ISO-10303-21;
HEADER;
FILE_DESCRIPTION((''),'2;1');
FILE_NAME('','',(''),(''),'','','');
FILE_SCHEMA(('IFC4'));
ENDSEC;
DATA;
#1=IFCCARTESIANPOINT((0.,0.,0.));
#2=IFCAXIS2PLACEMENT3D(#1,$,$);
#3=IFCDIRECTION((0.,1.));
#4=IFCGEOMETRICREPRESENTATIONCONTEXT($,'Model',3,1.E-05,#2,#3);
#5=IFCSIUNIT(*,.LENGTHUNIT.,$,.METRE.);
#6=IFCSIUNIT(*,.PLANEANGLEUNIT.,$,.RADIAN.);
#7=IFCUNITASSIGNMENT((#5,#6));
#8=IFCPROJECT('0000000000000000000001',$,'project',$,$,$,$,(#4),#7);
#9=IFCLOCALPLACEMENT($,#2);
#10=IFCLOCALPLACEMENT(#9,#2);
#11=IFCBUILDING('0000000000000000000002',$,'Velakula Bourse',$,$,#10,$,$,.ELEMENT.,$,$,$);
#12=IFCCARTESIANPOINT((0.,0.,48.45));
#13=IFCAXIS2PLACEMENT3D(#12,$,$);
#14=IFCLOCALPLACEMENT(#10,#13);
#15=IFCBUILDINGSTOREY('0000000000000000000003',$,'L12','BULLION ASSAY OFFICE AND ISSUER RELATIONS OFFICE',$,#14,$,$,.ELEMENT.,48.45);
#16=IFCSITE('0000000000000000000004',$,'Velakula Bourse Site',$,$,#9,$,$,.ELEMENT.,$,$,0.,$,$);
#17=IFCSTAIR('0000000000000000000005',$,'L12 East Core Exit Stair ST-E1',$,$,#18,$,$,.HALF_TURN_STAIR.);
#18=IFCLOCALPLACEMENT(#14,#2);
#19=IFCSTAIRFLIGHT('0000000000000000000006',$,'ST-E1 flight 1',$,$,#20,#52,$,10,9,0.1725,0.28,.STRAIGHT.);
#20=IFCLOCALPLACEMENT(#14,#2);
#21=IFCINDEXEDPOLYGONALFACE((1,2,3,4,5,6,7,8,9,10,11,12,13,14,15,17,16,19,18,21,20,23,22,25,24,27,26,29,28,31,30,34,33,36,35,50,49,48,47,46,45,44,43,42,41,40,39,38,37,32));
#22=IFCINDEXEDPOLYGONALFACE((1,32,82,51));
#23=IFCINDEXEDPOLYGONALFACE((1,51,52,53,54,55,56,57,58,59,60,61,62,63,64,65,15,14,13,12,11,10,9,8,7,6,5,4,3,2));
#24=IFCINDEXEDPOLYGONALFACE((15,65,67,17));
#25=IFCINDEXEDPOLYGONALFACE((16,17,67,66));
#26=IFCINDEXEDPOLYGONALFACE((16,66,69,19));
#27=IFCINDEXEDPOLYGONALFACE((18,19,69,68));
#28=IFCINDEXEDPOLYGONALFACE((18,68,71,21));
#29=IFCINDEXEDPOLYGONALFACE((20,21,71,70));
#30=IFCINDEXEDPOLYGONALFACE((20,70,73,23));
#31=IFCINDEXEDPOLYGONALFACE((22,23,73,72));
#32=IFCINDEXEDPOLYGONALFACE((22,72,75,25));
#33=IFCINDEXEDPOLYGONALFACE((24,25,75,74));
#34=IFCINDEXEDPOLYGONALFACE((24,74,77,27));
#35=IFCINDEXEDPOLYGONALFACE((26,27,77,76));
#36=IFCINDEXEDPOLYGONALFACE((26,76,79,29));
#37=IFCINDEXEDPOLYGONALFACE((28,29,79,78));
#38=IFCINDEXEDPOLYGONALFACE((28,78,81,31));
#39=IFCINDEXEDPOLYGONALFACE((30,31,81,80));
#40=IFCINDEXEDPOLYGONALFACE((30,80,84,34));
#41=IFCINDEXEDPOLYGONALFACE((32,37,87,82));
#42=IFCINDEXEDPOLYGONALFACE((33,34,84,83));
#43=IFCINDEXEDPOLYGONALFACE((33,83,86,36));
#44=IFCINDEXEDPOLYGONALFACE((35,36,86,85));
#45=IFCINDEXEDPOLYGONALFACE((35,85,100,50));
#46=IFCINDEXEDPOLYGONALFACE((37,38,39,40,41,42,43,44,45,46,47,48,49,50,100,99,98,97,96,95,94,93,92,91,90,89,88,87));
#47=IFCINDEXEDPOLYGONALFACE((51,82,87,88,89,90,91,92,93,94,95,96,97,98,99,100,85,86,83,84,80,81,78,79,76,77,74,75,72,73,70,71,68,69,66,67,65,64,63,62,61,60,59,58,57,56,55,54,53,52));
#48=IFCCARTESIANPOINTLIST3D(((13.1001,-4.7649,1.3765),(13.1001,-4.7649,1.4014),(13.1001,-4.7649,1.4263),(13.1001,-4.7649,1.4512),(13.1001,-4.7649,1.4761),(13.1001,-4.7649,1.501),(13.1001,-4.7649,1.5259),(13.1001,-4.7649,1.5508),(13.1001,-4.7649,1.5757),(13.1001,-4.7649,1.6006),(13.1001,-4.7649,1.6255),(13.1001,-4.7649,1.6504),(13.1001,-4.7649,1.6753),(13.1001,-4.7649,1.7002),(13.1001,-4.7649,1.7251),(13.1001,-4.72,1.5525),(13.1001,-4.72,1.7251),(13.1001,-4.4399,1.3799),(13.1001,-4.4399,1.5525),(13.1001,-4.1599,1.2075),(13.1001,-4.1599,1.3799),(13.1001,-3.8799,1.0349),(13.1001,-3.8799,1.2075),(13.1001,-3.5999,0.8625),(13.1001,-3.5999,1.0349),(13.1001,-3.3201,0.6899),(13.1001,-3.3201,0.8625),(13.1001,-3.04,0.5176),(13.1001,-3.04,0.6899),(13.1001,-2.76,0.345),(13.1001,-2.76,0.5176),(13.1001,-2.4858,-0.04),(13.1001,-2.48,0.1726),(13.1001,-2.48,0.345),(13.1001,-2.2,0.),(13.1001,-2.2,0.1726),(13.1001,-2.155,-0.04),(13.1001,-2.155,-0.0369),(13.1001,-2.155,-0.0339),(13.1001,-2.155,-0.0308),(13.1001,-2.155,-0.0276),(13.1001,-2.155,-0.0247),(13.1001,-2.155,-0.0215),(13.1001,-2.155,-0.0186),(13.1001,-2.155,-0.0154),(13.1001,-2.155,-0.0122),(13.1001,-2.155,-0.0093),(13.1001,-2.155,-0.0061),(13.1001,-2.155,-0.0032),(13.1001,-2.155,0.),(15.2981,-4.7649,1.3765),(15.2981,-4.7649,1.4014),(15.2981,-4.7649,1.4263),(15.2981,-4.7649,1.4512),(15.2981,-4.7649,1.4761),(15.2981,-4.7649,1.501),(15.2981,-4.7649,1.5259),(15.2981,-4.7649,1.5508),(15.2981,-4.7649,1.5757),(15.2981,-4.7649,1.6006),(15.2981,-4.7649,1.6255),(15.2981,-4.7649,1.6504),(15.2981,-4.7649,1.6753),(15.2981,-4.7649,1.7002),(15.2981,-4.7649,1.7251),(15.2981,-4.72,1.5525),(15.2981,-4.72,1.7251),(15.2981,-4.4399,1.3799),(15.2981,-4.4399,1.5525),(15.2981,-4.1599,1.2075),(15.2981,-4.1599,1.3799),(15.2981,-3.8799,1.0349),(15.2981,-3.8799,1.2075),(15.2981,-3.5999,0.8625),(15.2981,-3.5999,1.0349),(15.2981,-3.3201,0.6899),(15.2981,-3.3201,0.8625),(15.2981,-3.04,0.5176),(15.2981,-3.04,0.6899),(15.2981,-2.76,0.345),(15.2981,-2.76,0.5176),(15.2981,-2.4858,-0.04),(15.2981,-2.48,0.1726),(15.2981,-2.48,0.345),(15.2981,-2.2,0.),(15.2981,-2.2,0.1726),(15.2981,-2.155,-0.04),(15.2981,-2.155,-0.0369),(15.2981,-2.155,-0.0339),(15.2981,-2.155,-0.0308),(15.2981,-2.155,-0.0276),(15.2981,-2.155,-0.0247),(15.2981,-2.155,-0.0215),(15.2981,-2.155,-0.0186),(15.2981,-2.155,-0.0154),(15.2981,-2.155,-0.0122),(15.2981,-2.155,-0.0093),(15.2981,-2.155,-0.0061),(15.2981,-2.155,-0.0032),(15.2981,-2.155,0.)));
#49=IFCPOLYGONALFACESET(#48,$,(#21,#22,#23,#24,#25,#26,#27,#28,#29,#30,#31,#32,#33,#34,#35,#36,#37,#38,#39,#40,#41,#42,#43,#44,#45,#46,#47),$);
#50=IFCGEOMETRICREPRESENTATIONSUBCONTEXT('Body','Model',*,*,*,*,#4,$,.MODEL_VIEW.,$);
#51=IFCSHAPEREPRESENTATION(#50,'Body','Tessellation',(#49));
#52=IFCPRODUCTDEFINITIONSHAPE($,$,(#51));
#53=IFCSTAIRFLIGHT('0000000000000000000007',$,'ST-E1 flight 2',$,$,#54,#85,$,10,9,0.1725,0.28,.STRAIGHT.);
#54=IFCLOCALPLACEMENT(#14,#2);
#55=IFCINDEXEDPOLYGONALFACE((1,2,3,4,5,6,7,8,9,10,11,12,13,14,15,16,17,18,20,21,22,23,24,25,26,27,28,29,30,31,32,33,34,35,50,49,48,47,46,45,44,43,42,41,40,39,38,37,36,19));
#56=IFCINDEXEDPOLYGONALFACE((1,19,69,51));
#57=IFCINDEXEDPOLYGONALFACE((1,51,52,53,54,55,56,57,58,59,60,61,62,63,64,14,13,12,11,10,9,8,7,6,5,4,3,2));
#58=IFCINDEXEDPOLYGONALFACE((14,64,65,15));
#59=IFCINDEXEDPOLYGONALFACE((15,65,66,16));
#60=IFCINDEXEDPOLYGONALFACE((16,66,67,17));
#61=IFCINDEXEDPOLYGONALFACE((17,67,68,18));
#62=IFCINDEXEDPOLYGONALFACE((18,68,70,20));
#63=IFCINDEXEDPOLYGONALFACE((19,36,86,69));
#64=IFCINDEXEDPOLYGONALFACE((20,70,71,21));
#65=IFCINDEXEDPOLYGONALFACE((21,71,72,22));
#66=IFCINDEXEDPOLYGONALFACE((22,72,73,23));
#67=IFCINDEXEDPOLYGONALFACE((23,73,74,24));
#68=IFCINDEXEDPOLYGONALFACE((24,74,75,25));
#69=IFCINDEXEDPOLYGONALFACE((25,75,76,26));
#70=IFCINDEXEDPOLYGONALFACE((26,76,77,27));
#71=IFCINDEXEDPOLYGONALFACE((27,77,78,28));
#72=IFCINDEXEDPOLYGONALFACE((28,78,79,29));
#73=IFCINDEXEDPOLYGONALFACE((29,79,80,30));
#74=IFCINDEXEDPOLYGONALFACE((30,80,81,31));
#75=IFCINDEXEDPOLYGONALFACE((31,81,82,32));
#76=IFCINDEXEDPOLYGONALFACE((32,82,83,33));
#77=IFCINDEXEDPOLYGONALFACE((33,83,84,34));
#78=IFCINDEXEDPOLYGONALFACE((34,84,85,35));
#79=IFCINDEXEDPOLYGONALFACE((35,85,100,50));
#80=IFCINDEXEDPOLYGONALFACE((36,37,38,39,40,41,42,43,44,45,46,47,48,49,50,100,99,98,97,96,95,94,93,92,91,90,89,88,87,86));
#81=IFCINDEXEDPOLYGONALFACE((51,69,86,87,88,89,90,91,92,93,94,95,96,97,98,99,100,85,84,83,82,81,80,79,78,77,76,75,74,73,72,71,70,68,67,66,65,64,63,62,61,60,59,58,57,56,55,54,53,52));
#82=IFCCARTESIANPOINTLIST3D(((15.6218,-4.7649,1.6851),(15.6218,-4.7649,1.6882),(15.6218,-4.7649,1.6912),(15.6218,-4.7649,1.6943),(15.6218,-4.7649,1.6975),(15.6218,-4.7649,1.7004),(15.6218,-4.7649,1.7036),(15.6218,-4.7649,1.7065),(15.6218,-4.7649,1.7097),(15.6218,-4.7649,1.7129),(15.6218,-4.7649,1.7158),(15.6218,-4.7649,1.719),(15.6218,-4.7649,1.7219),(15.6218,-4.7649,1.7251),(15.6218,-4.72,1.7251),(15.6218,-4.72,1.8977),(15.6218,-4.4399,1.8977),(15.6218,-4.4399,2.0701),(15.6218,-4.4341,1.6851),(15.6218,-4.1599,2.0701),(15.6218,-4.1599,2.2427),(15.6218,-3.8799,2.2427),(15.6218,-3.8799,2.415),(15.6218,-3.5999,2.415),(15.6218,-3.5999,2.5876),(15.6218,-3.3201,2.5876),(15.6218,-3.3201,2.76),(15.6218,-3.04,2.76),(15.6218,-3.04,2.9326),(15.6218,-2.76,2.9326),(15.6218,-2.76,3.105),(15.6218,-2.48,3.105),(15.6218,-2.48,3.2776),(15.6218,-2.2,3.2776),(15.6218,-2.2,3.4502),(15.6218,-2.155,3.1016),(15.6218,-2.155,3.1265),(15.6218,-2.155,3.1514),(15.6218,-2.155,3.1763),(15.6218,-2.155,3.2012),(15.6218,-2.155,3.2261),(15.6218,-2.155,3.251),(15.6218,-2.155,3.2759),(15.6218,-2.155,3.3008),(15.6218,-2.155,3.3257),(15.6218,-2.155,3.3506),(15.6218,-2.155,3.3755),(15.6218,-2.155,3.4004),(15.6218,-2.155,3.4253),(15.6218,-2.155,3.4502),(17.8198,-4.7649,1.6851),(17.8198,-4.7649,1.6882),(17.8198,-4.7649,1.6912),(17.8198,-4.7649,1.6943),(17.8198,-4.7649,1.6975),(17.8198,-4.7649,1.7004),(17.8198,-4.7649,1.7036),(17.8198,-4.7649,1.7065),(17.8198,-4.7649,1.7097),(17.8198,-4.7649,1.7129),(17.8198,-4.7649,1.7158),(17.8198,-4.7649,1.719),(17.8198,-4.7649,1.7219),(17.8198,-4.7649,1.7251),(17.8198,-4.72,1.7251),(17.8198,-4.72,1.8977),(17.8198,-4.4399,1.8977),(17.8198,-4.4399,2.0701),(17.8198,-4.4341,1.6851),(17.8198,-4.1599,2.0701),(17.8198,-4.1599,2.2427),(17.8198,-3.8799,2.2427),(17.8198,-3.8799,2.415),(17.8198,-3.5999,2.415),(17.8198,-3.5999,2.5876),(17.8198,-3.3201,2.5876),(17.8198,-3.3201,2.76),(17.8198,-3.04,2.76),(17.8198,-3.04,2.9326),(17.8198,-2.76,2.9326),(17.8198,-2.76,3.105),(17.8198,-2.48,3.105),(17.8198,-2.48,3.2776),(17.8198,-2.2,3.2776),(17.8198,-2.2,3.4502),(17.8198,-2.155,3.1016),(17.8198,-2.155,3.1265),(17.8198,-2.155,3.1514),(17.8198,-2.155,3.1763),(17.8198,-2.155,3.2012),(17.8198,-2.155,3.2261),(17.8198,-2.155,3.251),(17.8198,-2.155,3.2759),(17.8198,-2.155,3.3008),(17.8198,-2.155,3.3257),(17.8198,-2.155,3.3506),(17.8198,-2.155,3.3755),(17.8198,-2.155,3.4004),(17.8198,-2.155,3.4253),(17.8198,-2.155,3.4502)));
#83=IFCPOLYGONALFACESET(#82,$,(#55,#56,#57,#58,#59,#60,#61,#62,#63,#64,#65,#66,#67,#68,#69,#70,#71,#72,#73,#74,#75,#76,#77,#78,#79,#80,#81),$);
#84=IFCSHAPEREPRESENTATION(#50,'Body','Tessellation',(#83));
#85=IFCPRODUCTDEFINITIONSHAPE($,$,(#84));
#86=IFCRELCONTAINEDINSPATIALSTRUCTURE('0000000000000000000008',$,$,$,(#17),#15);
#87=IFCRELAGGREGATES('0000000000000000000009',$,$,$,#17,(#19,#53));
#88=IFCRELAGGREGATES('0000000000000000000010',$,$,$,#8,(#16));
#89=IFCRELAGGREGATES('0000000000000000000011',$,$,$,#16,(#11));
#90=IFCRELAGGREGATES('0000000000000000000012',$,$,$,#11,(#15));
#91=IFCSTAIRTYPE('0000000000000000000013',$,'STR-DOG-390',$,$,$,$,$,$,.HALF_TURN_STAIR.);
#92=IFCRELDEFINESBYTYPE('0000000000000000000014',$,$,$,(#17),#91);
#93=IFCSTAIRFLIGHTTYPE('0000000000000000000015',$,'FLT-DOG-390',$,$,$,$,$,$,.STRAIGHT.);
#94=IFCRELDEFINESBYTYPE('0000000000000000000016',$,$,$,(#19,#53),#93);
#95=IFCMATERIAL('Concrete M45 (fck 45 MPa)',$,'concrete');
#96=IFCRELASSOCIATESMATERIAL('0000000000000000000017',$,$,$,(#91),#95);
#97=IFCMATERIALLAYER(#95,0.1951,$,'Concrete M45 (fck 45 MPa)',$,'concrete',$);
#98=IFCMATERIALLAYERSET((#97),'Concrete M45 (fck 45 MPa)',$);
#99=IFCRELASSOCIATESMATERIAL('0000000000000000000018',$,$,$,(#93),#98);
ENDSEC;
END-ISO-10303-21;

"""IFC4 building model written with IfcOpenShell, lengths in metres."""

from ifc_helpers import new_model, si_unit, direction, frame, origin, place, context, subcontext, project, spatial, polyline, outline, extrude, material, layer, layer_set, type_object, element, aggregate, save


model = new_model("IFC4")

# Units and contexts
model_context = context("Model", 3, precision=1e-05, world=origin(), true_north=direction((0.0, 1.0)))
body_context = subcontext(model_context, "Body", "Model", "MODEL_VIEW")
ifc_project = project(units=[si_unit("LENGTHUNIT", "METRE"), si_unit("PLANEANGLEUNIT", "RADIAN")], contexts=[model_context])

# Site, building, storey
site_placement = place(None, origin())
site = spatial("IfcSite", under=ifc_project, at=site_placement, Name="Velakula Bourse Site", CompositionType="ELEMENT", RefElevation=0.0)
building_placement = place(site_placement, origin())
building = spatial("IfcBuilding", under=site, at=building_placement, Name="Velakula Bourse", CompositionType="ELEMENT")
storey_placement = place(building_placement, frame((0.0, 0.0, 48.45)))
storey = spatial("IfcBuildingStorey", under=building, at=storey_placement, Name="L12", Description="BULLION ASSAY OFFICE AND ISSUER RELATIONS OFFICE", CompositionType="ELEMENT", Elevation=48.45)

# Stair, stair flights
ifc_material_1 = material(Name="Concrete M45 (fck 45 MPa)", Category="concrete")
stair_type = type_object("IfcStairType", Name="STR-DOG-390", PredefinedType="HALF_TURN_STAIR", material=ifc_material_1)
stair_placement = place(storey_placement, origin())
stair = element("IfcStair", 1, at=stair_placement, inside=storey, type_object=stair_type, Name="L12 East Core Exit Stair ST-E1", PredefinedType="HALF_TURN_STAIR")
ifc_layer_1 = layer(ifc_material_1, 0.1951, Name="Concrete M45 (fck 45 MPa)", Category="concrete")
ifc_layer_set_1 = layer_set([ifc_layer_1], Name="Concrete M45 (fck 45 MPa)")
stair_flight_type = type_object("IfcStairFlightType", Name="FLT-DOG-390", PredefinedType="STRAIGHT", material=ifc_layer_set_1)
stair_flight_1_placement = place(storey_placement, frame((14.199, -2.2, 0.0), z_axis=(0.0, 0.0, 1.0), x_axis=(0.0, -1.0, 0.0)))
stair_flight_1 = element("IfcStairFlight", 2, at=stair_flight_1_placement, type_object=stair_flight_type, Name="ST-E1 flight 1", NumberOfRisers=10, NumberOfTreads=9, PredefinedType="STRAIGHT", RiserHeight=0.1725, TreadLength=0.28, context=body_context, shape_type="SweptSolid", body=[
    extrude(outline(polyline([(-0.0449, -0.04), (-0.0449, -0.0369), (-0.0449, -0.0339), (-0.0449, -0.0308), (-0.0449, -0.0276), (-0.0449, -0.0247), (-0.0449, -0.0215), (-0.0449, -0.0186), (-0.0449, -0.0154), (-0.0449, -0.0122), (-0.0449, -0.0093), (-0.0449, -0.0061), (-0.0449, -0.0032), (-0.0449, 0.0), (0.0, 0.0), (0.0, 0.1726), (0.28, 0.1726), (0.28, 0.345), (0.5601, 0.345), (0.5601, 0.5176), (0.8401, 0.5176), (0.8401, 0.6899), (1.1201, 0.6899), (1.1201, 0.8625), (1.3999, 0.8625), (1.3999, 1.0349), (1.6799, 1.0349), (1.6799, 1.2075), (1.96, 1.2075), (1.96, 1.3799), (2.24, 1.3799), (2.24, 1.5525), (2.52, 1.5525), (2.52, 1.7251), (2.5649, 1.7251), (2.5649, 1.7002), (2.5649, 1.6753), (2.5649, 1.6504), (2.5649, 1.6255), (2.5649, 1.6006), (2.5649, 1.5757), (2.5649, 1.5508), (2.5649, 1.5259), (2.5649, 1.501), (2.5649, 1.4761), (2.5649, 1.4512), (2.5649, 1.4263), (2.5649, 1.4014), (2.5649, 1.3765), (0.2859, -0.04), (-0.0449, -0.04)])), frame((0.0, 1.0991, 0.0), z_axis=(0.0, -1.0, 0.0), x_axis=(1.0, 0.0, 0.0)), (0.0, 0.0, 1.0), 2.198),
])
stair_flight_2_placement = place(storey_placement, frame((16.7209, -4.72, 1.7251), z_axis=(0.0, 0.0, 1.0), x_axis=(0.0, 1.0, 0.0)))
stair_flight_2 = element("IfcStairFlight", 3, at=stair_flight_2_placement, type_object=stair_flight_type, Name="ST-E1 flight 2", NumberOfRisers=10, NumberOfTreads=9, PredefinedType="STRAIGHT", RiserHeight=0.1725, TreadLength=0.28, context=body_context, shape_type="SweptSolid", body=[
    extrude(outline(polyline([(-0.0449, -0.04), (-0.0449, -0.0369), (-0.0449, -0.0339), (-0.0449, -0.0308), (-0.0449, -0.0276), (-0.0449, -0.0247), (-0.0449, -0.0215), (-0.0449, -0.0186), (-0.0449, -0.0154), (-0.0449, -0.0122), (-0.0449, -0.0093), (-0.0449, -0.0061), (-0.0449, -0.0032), (-0.0449, 0.0), (0.0, 0.0), (0.0, 0.1726), (0.28, 0.1726), (0.28, 0.345), (0.5601, 0.345), (0.5601, 0.5176), (0.8401, 0.5176), (0.8401, 0.6899), (1.1201, 0.6899), (1.1201, 0.8625), (1.3999, 0.8625), (1.3999, 1.0349), (1.6799, 1.0349), (1.6799, 1.2075), (1.96, 1.2075), (1.96, 1.3799), (2.24, 1.3799), (2.24, 1.5525), (2.52, 1.5525), (2.52, 1.7251), (2.5649, 1.7251), (2.5649, 1.7002), (2.5649, 1.6753), (2.5649, 1.6504), (2.5649, 1.6255), (2.5649, 1.6006), (2.5649, 1.5757), (2.5649, 1.5508), (2.5649, 1.5259), (2.5649, 1.501), (2.5649, 1.4761), (2.5649, 1.4512), (2.5649, 1.4263), (2.5649, 1.4014), (2.5649, 1.3765), (0.2859, -0.04), (-0.0449, -0.04)])), frame((0.0, 1.0991, 0.0), z_axis=(0.0, -1.0, 0.0), x_axis=(1.0, 0.0, 0.0)), (0.0, 0.0, 1.0), 2.198),
])
aggregate(stair, [stair_flight_1, stair_flight_2])

save(model, "model.ifc")
